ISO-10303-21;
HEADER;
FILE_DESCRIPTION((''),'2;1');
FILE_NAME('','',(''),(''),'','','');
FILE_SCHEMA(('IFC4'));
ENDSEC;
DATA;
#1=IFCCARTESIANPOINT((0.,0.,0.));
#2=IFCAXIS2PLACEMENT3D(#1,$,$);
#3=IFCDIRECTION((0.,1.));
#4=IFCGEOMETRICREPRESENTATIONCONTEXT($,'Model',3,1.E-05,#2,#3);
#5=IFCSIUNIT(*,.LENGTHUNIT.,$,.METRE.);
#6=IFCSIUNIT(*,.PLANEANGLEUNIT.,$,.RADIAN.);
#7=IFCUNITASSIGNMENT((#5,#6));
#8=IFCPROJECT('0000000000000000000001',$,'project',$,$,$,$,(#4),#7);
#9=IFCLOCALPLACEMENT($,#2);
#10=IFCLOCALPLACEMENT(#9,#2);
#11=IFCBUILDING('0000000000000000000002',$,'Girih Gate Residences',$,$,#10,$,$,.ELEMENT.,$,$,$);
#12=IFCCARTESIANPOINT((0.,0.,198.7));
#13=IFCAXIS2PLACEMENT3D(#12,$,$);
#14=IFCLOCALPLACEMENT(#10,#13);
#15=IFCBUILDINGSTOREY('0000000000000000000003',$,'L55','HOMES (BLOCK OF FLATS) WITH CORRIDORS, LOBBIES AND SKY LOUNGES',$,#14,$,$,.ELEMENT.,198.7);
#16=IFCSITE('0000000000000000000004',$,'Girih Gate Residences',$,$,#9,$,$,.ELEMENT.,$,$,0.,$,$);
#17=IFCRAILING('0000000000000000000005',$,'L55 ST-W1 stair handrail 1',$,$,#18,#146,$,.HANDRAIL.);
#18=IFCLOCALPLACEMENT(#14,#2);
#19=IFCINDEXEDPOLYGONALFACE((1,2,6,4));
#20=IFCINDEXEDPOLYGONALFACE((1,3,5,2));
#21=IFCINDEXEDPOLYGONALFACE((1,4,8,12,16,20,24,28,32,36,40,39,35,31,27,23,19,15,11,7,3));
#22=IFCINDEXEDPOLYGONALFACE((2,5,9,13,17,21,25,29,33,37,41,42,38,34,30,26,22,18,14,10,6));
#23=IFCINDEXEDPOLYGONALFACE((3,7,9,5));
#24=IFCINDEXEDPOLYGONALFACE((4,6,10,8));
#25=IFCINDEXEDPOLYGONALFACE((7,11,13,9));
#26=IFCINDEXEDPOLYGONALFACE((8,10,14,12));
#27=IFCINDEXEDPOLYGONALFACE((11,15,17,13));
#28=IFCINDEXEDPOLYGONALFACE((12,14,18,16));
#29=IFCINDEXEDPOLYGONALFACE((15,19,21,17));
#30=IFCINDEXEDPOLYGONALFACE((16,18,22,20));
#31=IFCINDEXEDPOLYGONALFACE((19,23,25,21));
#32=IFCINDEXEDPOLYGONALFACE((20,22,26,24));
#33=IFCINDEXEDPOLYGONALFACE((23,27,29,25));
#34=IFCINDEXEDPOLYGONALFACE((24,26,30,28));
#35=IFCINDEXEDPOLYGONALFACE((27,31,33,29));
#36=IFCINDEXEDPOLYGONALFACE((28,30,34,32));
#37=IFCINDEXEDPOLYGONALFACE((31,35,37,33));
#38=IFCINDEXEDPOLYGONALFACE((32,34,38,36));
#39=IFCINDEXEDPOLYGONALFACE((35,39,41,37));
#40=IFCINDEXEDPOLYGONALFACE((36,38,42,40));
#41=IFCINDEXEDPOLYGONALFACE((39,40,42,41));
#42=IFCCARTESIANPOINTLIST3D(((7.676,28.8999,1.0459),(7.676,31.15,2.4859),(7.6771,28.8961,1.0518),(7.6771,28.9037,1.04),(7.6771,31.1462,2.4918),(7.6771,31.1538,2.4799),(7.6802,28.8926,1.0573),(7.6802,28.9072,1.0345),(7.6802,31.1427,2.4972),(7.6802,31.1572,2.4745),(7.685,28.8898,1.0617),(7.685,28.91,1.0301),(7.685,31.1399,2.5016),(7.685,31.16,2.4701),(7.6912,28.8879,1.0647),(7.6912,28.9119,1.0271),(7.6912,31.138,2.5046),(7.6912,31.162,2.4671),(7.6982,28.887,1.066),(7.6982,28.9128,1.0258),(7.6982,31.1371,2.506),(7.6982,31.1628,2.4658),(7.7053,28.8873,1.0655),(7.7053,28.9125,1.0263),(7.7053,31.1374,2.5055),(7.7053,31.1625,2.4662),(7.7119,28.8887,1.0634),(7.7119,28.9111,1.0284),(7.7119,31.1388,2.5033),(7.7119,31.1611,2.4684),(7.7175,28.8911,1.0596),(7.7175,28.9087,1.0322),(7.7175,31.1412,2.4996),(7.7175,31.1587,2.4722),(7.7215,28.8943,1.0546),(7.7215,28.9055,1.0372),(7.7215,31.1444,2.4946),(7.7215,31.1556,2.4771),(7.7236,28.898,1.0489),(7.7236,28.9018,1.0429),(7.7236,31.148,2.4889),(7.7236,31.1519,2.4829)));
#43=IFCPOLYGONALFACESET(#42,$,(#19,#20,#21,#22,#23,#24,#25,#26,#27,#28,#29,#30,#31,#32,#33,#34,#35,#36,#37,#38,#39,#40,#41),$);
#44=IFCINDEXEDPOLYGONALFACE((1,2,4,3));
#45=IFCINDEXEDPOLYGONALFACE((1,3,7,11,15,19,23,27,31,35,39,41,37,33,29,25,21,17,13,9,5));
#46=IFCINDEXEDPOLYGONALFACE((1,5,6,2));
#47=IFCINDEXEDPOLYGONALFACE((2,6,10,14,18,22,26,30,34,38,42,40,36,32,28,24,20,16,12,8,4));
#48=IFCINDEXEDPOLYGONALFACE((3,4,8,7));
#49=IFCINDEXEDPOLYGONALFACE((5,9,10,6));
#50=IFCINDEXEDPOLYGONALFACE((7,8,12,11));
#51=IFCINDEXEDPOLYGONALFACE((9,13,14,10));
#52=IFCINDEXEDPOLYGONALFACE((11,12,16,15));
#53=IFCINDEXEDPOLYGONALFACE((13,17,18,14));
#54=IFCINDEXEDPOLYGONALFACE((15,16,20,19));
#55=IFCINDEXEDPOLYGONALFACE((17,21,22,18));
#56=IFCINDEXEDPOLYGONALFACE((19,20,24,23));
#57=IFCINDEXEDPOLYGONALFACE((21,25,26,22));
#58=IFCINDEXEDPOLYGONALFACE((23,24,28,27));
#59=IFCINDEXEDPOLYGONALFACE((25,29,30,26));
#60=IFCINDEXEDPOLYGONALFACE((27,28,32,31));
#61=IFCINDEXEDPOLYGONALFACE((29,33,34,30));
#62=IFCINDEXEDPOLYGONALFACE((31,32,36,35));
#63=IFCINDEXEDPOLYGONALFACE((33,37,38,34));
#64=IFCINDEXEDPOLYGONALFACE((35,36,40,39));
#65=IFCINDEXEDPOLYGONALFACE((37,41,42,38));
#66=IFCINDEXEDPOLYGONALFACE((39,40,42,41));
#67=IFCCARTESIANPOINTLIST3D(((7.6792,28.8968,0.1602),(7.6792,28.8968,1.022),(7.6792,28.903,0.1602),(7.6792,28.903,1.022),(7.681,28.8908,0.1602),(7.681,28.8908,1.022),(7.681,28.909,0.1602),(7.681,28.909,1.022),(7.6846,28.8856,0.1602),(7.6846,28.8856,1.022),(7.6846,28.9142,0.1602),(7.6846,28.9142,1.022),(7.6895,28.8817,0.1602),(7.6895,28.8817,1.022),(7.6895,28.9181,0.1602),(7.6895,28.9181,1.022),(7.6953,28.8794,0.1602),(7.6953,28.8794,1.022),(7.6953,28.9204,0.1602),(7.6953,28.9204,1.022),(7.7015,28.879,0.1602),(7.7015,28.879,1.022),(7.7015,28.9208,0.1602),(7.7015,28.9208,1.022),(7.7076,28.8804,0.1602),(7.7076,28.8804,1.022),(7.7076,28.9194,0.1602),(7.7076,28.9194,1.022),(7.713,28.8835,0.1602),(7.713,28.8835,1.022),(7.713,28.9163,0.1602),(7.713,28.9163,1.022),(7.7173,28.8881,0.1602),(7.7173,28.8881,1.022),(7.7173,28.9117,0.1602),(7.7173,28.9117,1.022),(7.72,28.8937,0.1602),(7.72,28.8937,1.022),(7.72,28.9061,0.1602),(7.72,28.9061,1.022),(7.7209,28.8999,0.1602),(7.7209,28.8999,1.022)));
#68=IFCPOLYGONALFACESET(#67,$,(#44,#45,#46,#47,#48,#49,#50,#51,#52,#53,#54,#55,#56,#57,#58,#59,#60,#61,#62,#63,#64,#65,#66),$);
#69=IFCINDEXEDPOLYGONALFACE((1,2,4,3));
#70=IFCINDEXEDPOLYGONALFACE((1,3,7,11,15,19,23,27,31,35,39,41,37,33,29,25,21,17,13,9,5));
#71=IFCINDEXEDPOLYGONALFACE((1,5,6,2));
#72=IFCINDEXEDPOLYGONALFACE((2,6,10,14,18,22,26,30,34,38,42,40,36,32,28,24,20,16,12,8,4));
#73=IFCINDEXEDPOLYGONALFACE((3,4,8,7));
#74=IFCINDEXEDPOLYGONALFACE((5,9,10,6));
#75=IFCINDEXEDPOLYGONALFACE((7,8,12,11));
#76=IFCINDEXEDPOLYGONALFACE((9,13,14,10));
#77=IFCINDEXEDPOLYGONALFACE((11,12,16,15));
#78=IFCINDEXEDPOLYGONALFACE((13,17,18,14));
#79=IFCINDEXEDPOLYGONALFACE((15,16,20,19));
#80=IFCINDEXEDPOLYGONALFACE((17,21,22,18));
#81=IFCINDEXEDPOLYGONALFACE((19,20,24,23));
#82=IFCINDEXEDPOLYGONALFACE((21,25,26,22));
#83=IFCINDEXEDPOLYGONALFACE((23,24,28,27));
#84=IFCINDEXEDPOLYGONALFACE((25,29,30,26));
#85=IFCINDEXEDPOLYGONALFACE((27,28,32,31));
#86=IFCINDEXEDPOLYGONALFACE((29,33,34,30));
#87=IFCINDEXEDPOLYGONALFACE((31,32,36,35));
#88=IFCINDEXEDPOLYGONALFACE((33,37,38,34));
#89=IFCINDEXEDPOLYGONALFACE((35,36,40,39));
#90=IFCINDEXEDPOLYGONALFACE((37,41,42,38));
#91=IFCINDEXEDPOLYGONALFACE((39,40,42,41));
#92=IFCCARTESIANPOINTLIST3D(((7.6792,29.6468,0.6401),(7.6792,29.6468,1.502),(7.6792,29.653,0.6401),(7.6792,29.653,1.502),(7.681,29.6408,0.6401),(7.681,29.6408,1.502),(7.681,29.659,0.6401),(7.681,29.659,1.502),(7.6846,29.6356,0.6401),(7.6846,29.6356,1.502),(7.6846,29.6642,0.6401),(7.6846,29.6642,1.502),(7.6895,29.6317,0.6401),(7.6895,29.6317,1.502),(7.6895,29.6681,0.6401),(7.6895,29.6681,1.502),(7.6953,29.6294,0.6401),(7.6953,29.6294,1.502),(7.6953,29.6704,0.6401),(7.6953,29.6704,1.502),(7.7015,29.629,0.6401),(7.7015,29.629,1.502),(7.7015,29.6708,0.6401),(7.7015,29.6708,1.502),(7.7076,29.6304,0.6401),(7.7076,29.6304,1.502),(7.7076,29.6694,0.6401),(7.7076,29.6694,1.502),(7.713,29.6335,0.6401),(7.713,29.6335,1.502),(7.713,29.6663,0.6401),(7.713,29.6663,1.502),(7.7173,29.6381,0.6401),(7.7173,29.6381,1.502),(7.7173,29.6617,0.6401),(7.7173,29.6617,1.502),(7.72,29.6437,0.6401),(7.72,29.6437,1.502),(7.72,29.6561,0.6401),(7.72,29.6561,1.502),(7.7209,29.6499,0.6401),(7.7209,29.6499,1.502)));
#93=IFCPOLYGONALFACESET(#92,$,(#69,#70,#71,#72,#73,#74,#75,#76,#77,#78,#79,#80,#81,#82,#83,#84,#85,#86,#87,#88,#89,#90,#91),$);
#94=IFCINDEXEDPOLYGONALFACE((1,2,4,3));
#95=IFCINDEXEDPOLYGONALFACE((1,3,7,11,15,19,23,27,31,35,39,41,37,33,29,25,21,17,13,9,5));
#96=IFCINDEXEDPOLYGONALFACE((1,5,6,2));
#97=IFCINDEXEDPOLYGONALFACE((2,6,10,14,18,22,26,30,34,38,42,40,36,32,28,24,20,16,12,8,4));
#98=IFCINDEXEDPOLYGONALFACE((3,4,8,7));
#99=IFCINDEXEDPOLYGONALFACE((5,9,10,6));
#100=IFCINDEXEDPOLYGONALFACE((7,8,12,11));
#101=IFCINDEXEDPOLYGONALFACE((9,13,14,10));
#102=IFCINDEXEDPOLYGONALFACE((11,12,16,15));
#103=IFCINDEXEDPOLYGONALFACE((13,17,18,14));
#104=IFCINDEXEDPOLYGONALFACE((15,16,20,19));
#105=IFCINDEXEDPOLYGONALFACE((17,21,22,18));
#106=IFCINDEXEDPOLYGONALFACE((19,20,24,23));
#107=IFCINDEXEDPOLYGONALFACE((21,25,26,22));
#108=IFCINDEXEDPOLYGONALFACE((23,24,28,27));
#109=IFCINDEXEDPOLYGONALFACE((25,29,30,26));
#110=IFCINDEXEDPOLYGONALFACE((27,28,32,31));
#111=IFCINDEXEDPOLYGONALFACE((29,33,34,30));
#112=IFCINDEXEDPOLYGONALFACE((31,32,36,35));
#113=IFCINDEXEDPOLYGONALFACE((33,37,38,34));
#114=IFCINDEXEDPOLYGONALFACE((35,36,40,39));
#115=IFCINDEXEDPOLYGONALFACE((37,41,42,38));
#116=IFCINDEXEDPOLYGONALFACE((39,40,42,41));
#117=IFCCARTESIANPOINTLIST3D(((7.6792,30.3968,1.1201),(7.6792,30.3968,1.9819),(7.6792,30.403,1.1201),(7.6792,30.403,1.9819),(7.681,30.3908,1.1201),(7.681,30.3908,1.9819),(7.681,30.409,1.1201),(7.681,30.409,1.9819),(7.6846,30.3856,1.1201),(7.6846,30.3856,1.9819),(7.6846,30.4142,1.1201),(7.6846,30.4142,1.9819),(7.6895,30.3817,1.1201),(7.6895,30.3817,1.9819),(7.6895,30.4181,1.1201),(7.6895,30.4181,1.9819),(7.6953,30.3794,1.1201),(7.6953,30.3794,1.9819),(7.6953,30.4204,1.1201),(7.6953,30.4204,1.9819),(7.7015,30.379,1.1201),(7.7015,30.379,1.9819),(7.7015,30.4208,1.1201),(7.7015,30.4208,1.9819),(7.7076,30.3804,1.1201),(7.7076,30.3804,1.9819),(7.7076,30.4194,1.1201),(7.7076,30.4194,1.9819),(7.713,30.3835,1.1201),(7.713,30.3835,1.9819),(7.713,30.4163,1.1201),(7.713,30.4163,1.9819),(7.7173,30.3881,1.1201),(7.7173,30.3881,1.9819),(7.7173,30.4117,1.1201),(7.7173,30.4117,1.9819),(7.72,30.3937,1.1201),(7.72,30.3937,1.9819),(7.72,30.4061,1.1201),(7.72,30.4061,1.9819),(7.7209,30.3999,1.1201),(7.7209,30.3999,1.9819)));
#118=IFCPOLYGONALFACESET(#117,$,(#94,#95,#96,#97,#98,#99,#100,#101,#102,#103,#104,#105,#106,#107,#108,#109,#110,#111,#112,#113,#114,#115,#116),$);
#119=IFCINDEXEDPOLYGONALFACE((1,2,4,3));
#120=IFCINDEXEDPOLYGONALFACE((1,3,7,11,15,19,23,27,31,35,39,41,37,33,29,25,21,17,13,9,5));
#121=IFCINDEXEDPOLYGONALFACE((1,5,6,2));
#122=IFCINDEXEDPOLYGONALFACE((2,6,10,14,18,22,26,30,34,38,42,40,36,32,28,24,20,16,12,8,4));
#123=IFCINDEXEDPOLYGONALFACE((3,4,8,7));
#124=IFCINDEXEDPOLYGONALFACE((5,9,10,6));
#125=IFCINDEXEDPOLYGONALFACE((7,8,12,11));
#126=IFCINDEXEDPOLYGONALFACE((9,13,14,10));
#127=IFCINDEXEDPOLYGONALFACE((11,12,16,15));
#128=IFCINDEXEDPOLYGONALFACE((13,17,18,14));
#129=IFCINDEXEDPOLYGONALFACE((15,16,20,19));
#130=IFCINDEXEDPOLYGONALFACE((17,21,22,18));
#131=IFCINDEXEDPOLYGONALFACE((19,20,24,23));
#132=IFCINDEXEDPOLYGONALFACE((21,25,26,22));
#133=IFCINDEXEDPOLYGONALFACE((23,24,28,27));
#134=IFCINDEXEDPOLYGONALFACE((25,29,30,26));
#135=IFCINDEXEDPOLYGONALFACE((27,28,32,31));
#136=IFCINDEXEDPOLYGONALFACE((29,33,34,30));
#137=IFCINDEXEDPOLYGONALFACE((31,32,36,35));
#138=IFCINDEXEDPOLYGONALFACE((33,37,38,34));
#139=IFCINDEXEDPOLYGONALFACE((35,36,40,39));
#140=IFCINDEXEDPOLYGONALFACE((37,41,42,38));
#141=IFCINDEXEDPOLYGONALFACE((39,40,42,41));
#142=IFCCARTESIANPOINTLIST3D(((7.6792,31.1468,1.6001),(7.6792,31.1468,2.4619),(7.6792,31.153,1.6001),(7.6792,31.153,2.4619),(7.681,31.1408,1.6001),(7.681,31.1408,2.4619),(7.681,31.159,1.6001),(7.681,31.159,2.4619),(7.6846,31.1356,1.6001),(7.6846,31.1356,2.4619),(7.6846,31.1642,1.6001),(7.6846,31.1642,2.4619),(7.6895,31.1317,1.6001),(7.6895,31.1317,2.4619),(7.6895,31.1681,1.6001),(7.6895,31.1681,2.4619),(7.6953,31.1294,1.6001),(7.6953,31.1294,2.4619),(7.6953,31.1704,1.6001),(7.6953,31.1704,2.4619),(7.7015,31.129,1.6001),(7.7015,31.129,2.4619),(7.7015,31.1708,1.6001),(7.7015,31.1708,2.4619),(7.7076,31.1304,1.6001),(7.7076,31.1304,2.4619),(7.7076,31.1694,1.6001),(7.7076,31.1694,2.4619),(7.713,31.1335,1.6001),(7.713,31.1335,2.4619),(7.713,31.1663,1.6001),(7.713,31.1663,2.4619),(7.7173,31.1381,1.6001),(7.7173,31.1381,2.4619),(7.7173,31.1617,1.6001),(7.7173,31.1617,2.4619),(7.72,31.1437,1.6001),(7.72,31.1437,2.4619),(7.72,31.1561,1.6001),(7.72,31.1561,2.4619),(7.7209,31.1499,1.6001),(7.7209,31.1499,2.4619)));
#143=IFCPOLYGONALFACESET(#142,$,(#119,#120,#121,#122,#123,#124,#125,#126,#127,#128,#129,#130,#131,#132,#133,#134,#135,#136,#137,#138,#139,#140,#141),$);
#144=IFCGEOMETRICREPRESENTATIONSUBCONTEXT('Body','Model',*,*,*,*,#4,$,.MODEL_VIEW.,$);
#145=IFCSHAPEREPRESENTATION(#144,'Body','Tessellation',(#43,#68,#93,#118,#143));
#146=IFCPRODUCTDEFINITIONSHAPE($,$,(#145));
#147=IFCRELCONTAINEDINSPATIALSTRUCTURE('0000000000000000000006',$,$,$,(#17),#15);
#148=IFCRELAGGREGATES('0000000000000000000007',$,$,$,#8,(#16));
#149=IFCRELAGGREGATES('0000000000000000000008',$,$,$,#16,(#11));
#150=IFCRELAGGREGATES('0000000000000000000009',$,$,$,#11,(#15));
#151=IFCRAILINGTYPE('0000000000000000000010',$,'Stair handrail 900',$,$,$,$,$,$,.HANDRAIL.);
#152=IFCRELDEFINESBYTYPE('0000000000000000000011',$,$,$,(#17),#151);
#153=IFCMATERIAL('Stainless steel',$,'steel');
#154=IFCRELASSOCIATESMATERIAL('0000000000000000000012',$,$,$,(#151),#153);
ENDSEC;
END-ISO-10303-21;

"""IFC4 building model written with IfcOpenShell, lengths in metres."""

from ifc_helpers import new_model, si_unit, direction, frame, origin, origin_2d, place, context, subcontext, project, spatial, circle, extrude, material, type_object, element, save


model = new_model("IFC4")

# Units and contexts
model_context = context("Model", 3, precision=1e-05, world=origin(), true_north=direction((0.0, 1.0)))
body_context = subcontext(model_context, "Body", "Model", "MODEL_VIEW")
ifc_project = project(units=[si_unit("LENGTHUNIT", "METRE"), si_unit("PLANEANGLEUNIT", "RADIAN")], contexts=[model_context])

# Site, building, storey
site_placement = place(None, origin())
site = spatial("IfcSite", under=ifc_project, at=site_placement, Name="Girih Gate Residences", CompositionType="ELEMENT", RefElevation=0.0)
building_placement = place(site_placement, origin())
building = spatial("IfcBuilding", under=site, at=building_placement, Name="Girih Gate Residences", CompositionType="ELEMENT")
storey_placement = place(building_placement, frame((0.0, 0.0, 198.7)))
storey = spatial("IfcBuildingStorey", under=building, at=storey_placement, Name="L55", Description="HOMES (BLOCK OF FLATS) WITH CORRIDORS, LOBBIES AND SKY LOUNGES", CompositionType="ELEMENT", Elevation=198.7)

# Railing
ifc_material_1 = material(Name="Stainless steel", Category="steel")
railing_type_1 = type_object("IfcRailingType", Name="Stair handrail 900", PredefinedType="HANDRAIL", material=ifc_material_1)
for number, where, name in (
    (1, (7.7, 28.8999, 0.1602), "L55 ST-W1 stair handrail 1"),
):
    element("IfcRailing", number, at=place(storey_placement, frame(where)), inside=storey, type_object=railing_type_1, Name=name, PredefinedType="HANDRAIL", context=body_context, shape_type="SweptSolid", body=[
        extrude(circle(Radius=0.0239, at=origin_2d()), frame((0.0, 0.0, 0.8857), z_axis=(0.0, 0.842281, 0.539038), x_axis=(-1.0, 0.0, 0.0)), (0.0, 0.0, 1.0), 2.6714),
        extrude(circle(Radius=0.021, at=origin_2d()), origin(), (0.0, 0.0, 1.0), 0.8618),
        extrude(circle(Radius=0.021, at=origin_2d()), frame((0.0, 0.75, 0.48)), (0.0, 0.0, 1.0), 0.8618),
        extrude(circle(Radius=0.021, at=origin_2d()), frame((0.0, 1.5, 0.96)), (0.0, 0.0, 1.0), 0.8618),
        extrude(circle(Radius=0.021, at=origin_2d()), frame((0.0, 2.25, 1.4399)), (0.0, 0.0, 1.0), 0.8618),
    ])

save(model, "model.ifc")
